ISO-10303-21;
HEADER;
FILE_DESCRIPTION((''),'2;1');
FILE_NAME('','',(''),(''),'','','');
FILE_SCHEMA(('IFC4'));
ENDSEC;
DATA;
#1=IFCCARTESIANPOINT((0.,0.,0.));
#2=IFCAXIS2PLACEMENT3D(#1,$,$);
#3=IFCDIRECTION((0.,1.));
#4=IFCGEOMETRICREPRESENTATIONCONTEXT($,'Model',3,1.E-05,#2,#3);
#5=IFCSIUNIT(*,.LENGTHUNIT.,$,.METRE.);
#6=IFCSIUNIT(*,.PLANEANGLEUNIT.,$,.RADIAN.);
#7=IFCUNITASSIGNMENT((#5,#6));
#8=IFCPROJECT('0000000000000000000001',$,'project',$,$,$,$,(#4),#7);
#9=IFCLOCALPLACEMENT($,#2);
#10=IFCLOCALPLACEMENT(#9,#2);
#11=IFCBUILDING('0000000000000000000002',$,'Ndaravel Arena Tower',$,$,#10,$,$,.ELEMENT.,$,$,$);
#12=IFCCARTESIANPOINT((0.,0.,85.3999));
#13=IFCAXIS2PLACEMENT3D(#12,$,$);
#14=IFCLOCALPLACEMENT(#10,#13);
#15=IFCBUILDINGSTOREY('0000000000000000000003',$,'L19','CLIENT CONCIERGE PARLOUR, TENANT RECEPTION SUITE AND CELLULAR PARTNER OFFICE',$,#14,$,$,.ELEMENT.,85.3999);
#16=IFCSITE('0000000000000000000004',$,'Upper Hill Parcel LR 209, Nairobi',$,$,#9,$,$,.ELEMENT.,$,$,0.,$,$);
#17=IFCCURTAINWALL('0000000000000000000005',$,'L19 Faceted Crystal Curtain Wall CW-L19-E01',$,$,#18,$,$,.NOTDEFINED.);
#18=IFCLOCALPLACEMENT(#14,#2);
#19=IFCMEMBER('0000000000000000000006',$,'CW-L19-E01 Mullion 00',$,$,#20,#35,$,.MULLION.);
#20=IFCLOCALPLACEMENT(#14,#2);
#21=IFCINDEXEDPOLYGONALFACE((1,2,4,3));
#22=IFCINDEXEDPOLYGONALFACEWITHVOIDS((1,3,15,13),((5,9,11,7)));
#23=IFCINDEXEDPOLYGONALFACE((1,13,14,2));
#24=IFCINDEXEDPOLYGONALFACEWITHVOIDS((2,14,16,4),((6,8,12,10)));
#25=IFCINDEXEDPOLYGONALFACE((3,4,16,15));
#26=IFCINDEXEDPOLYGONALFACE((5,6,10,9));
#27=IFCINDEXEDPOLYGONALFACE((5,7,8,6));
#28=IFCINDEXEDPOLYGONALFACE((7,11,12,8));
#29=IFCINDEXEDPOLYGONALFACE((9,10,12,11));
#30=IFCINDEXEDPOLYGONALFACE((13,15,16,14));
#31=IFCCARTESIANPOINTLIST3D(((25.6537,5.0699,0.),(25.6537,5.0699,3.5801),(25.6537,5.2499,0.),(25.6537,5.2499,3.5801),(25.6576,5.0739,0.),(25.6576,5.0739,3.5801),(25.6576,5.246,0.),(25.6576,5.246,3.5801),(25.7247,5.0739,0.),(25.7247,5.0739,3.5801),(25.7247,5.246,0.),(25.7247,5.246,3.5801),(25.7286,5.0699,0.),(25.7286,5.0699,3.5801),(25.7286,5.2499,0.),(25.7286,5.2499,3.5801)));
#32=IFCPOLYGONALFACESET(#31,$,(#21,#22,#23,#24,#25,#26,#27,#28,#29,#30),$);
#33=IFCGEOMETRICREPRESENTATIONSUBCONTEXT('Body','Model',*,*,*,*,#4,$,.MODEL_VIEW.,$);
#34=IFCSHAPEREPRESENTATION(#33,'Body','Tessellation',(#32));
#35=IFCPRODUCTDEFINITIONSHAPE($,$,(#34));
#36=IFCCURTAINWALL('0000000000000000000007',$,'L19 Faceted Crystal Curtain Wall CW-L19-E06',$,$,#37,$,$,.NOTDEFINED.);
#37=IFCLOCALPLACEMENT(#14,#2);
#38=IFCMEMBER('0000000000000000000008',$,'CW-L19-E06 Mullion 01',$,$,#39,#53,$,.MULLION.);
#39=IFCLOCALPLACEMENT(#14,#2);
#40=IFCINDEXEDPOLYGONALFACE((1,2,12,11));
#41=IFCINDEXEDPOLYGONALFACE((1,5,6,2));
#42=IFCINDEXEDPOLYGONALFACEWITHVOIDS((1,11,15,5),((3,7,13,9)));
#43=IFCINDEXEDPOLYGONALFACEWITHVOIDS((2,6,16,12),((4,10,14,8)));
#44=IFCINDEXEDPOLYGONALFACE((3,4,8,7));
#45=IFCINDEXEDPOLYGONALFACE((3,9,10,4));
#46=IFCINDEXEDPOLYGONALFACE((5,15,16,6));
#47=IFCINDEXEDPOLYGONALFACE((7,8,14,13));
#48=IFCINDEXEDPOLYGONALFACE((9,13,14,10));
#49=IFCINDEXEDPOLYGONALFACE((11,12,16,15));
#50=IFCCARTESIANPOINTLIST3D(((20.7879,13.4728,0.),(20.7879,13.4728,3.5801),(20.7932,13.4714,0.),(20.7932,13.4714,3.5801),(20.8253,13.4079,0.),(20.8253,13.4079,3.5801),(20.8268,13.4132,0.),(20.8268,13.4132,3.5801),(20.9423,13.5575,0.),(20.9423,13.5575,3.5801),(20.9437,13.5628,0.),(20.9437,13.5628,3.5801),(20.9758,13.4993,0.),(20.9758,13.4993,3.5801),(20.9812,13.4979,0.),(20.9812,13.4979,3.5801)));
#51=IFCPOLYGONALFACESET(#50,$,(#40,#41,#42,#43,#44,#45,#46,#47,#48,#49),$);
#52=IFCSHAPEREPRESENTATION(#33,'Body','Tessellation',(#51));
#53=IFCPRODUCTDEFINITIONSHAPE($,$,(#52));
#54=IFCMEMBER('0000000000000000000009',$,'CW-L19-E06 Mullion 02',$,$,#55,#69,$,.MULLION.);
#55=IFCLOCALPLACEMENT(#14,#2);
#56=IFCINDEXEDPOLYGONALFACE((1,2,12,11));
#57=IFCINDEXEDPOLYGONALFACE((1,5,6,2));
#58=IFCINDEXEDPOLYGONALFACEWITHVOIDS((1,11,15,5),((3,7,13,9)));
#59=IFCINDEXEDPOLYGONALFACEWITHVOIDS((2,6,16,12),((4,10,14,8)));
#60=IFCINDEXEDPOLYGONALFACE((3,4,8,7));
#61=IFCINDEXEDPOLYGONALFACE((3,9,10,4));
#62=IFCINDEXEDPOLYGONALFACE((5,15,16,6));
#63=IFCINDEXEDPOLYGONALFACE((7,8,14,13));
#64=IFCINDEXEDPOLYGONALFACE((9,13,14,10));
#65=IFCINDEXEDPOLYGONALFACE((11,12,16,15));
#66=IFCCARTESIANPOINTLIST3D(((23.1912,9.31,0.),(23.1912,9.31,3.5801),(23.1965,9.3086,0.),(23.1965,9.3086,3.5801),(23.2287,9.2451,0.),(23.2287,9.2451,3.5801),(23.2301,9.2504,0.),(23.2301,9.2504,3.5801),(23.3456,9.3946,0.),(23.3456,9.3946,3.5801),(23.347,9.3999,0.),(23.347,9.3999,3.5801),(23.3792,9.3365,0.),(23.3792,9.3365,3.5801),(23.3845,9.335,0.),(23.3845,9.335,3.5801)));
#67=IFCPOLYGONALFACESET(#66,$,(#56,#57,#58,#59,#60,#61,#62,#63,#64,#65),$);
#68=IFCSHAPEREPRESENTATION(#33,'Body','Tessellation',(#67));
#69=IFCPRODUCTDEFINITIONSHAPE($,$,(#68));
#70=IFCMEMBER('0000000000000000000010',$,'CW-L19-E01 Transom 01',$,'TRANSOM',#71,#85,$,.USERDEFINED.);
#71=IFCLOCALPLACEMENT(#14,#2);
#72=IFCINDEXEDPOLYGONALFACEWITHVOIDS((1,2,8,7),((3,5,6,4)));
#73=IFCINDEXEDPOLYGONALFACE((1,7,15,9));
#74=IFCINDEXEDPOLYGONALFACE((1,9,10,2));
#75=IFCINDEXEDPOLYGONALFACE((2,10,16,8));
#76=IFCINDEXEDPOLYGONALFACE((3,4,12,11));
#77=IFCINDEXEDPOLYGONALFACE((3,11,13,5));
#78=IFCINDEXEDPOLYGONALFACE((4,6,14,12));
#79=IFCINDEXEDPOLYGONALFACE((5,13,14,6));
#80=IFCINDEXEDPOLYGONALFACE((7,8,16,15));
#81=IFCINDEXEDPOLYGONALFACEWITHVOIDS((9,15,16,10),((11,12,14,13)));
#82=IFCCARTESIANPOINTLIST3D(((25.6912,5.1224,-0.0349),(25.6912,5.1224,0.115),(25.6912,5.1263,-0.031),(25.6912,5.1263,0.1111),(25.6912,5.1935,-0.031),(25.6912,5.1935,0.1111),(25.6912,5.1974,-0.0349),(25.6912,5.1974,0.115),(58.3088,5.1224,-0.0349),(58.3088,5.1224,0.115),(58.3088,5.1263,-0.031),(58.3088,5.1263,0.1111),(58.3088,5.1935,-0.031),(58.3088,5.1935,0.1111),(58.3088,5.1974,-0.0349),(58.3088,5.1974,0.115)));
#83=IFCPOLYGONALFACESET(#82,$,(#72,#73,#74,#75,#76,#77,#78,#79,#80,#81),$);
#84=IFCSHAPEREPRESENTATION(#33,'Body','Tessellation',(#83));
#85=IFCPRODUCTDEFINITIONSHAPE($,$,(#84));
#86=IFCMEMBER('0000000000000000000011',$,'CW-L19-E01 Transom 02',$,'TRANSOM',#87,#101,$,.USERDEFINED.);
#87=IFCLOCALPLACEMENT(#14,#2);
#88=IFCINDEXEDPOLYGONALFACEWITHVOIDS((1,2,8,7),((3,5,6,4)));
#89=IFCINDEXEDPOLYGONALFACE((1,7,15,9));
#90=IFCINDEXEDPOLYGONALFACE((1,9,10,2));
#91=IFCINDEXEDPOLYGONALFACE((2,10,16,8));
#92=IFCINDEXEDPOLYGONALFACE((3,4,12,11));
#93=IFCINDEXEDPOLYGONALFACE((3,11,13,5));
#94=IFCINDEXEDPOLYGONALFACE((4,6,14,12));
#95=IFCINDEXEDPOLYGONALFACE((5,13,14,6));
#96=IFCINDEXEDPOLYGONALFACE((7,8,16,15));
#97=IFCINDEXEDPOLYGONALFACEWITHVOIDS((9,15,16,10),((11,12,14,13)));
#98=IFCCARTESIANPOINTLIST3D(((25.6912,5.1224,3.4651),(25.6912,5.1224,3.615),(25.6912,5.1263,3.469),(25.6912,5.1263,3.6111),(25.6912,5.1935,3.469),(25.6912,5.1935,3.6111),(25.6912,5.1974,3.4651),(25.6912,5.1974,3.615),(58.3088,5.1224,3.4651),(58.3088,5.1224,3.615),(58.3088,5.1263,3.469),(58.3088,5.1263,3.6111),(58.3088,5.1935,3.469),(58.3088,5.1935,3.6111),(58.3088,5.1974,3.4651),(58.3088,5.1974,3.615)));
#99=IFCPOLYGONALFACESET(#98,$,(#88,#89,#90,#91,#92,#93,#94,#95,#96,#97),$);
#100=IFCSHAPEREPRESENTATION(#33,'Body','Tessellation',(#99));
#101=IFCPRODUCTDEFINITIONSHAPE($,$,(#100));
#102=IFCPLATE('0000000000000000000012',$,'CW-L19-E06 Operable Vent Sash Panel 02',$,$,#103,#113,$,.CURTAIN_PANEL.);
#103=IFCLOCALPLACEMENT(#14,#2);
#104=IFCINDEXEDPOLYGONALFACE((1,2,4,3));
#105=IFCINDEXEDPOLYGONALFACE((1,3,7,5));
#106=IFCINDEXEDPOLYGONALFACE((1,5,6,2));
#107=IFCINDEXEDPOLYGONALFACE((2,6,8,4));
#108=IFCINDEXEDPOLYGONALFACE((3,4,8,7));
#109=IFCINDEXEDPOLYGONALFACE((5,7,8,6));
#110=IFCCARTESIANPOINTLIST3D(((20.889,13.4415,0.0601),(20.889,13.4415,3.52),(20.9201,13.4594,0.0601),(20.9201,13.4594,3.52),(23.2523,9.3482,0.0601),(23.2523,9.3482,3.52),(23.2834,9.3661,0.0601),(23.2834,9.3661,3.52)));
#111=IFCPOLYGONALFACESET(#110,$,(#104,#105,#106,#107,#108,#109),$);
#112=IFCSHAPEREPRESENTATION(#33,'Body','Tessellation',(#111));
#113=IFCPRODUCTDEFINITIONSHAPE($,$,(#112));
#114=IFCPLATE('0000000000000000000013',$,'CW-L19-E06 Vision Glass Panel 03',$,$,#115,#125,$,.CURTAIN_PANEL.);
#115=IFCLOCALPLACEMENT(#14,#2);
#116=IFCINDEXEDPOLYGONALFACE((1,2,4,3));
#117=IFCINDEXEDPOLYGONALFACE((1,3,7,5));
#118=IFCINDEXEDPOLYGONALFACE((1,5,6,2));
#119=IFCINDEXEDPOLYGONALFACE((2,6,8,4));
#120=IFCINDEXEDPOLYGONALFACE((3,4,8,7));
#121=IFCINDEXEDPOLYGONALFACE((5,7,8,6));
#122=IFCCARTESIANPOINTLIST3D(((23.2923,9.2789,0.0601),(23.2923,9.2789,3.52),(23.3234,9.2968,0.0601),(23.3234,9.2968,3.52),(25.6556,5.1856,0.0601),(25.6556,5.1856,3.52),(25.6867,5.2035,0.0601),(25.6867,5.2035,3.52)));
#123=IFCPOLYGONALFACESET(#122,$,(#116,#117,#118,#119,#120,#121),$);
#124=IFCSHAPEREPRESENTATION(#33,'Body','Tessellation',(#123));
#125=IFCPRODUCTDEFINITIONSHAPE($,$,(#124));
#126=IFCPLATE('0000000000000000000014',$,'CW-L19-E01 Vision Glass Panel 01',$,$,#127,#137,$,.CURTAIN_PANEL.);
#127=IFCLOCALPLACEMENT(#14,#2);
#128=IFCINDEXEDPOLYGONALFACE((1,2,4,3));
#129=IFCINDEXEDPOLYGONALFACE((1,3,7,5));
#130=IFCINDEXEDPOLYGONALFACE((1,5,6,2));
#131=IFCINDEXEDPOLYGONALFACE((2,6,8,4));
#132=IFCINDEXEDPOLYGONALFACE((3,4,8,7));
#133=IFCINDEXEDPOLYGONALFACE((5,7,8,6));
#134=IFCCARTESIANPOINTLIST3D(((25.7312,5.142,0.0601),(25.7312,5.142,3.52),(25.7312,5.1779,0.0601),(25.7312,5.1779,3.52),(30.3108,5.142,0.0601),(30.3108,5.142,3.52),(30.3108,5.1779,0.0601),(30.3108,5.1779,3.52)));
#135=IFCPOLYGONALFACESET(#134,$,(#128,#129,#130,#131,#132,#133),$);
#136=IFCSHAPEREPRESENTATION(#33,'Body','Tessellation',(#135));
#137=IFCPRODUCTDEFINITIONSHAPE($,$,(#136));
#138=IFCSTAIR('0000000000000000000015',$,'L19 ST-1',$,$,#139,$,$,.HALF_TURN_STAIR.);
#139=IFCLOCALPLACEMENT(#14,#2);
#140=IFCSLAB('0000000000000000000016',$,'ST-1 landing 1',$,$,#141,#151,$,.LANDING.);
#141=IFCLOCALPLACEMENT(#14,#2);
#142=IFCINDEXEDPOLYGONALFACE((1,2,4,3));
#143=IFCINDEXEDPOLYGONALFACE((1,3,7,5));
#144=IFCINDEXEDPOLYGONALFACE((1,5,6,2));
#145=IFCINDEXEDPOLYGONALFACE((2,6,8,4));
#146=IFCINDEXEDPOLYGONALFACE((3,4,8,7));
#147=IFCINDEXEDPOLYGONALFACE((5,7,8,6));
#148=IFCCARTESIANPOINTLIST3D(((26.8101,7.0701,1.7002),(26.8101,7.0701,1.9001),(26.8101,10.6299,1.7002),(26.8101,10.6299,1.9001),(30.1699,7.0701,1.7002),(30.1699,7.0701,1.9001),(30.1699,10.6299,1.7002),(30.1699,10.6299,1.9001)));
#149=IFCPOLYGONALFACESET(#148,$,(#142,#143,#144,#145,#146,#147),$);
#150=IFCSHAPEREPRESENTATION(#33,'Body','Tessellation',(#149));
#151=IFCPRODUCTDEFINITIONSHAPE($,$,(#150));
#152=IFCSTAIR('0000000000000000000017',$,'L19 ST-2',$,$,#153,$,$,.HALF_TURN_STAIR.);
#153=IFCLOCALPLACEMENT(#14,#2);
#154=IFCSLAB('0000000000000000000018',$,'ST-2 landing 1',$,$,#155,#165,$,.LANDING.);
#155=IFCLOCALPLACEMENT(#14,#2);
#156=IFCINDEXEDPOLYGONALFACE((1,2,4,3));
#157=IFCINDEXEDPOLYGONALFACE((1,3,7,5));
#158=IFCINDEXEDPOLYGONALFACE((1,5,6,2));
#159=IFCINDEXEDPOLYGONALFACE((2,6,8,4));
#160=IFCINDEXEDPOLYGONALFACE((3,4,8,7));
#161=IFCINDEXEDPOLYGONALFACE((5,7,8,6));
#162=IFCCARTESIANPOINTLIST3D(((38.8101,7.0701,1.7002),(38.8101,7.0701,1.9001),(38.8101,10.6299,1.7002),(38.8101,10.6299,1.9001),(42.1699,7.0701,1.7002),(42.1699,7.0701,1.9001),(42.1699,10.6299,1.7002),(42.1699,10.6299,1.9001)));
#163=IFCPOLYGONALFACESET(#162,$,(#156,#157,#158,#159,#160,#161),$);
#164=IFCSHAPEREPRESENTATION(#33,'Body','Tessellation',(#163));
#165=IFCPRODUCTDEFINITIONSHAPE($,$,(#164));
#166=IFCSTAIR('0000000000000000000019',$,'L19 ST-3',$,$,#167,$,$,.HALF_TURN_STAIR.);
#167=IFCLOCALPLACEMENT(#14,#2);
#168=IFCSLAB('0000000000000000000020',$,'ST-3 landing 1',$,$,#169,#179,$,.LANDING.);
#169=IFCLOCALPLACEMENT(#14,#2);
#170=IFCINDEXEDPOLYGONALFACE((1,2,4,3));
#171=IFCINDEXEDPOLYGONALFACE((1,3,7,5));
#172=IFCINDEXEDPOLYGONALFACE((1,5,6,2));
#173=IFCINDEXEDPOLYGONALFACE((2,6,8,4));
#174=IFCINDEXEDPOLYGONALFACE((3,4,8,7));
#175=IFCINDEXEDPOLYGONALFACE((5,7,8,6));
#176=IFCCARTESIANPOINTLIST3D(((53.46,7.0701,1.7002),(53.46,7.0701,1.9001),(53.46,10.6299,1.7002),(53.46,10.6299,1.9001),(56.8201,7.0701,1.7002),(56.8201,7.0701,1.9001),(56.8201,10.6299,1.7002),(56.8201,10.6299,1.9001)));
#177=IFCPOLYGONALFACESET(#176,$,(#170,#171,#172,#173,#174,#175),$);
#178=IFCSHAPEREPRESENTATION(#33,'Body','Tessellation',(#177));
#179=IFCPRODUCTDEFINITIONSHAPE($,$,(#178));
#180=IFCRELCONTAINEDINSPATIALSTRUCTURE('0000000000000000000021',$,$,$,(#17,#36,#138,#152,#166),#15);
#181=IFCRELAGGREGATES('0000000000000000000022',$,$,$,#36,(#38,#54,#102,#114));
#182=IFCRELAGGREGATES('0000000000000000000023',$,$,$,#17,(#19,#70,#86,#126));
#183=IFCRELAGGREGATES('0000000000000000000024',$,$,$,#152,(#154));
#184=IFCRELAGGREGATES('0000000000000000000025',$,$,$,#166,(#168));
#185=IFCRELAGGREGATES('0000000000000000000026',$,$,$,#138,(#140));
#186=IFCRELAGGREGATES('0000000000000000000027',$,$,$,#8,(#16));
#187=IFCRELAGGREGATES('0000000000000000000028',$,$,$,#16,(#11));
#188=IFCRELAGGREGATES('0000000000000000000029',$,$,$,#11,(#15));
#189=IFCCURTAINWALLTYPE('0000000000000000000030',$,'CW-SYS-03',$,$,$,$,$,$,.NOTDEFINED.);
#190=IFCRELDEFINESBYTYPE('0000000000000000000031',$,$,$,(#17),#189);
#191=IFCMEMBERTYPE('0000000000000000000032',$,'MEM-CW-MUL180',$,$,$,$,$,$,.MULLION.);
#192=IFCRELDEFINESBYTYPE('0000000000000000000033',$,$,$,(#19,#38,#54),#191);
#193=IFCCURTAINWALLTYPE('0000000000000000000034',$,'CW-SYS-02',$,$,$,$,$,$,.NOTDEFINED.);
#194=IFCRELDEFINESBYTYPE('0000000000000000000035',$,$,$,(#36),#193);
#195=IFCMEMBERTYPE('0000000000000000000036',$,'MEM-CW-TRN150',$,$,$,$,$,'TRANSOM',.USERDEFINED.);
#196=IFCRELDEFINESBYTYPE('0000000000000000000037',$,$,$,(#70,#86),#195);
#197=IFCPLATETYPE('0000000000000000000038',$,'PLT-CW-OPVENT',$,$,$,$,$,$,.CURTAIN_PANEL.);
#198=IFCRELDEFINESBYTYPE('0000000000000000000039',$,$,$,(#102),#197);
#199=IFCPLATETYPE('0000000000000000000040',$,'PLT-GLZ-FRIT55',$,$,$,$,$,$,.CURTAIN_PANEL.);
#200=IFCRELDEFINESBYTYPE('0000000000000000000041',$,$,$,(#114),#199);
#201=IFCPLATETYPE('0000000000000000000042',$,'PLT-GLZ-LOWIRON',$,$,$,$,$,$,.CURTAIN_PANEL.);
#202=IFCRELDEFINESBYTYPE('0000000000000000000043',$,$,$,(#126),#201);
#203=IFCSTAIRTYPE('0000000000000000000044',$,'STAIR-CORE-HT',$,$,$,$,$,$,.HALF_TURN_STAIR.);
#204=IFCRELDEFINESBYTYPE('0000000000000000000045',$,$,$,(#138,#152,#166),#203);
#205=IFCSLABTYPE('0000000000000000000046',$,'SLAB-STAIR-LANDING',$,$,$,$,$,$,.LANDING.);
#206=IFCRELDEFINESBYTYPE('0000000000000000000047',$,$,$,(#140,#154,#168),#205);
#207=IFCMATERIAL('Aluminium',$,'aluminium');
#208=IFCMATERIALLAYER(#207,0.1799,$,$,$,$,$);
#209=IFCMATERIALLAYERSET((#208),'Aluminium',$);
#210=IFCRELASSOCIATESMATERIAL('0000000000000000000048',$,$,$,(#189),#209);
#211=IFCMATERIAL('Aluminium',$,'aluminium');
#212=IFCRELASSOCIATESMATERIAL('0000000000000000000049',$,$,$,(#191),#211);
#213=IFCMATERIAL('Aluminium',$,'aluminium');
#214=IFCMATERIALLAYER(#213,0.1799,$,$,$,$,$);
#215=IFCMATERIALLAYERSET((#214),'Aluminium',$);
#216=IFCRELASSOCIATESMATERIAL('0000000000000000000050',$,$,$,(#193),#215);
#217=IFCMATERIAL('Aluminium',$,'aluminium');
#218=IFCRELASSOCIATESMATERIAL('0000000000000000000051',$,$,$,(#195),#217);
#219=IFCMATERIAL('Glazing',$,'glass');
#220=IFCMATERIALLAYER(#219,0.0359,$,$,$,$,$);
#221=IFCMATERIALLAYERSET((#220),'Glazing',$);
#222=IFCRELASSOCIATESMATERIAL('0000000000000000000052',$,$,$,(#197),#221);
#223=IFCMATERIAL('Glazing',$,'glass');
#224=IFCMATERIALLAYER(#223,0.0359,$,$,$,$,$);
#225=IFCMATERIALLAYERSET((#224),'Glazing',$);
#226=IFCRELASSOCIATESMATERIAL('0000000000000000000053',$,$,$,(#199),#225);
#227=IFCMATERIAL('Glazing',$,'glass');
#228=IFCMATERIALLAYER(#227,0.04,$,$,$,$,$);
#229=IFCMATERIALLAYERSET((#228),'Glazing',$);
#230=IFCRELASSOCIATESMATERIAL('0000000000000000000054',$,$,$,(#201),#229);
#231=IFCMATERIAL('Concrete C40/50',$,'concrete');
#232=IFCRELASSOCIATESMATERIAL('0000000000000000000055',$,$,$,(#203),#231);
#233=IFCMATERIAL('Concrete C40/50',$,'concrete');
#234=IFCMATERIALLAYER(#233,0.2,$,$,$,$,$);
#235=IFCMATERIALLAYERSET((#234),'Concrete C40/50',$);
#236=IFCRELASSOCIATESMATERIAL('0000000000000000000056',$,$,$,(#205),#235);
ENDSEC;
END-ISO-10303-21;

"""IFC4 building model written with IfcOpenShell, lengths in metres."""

from ifc_helpers import new_model, si_unit, direction, frame, origin, origin_2d, place, context, subcontext, project, spatial, polyline, rectangle, hollow_rectangle, outline, extrude, material, layer, layer_set, material_profile, profile_set, type_object, element, aggregate, save


model = new_model("IFC4")

# Units and contexts
model_context = context("Model", 3, precision=1e-05, world=origin(), true_north=direction((0.0, 1.0)))
body_context = subcontext(model_context, "Body", "Model", "MODEL_VIEW")
ifc_project = project(units=[si_unit("LENGTHUNIT", "METRE"), si_unit("PLANEANGLEUNIT", "RADIAN")], contexts=[model_context])

# Site, building, storey
site_placement = place(None, origin())
site = spatial("IfcSite", under=ifc_project, at=site_placement, Name="Upper Hill Parcel LR 209, Nairobi", CompositionType="ELEMENT", RefElevation=0.0)
building_placement = place(site_placement, origin())
building = spatial("IfcBuilding", under=site, at=building_placement, Name="Ndaravel Arena Tower", CompositionType="ELEMENT")
storey_placement = place(building_placement, frame((0.0, 0.0, 85.3999)))
storey = spatial("IfcBuildingStorey", under=building, at=storey_placement, Name="L19", Description="CLIENT CONCIERGE PARLOUR, TENANT RECEPTION SUITE AND CELLULAR PARTNER OFFICE", CompositionType="ELEMENT", Elevation=85.3999)

# Curtain wall, member
ifc_material_1 = material(Name="Aluminium", Category="aluminium")
ifc_layer_1 = layer(ifc_material_1, 0.1799)
ifc_layer_set_1 = layer_set([ifc_layer_1], Name="Aluminium")
curtain_wall_type_1 = type_object("IfcCurtainWallType", Name="CW-SYS-03", PredefinedType="NOTDEFINED", material=ifc_layer_set_1)
curtain_wall_1_placement = place(storey_placement, origin())
curtain_wall_1 = element("IfcCurtainWall", 1, at=curtain_wall_1_placement, inside=storey, type_object=curtain_wall_type_1, Name="L19 Faceted Crystal Curtain Wall CW-L19-E01", PredefinedType="NOTDEFINED")
ifc_material_2 = material(Name="Aluminium", Category="aluminium")
ifc_material_profile_1 = material_profile(ifc_material_2, hollow_rectangle(XDim=0.075, YDim=0.1799, WallThickness=0.0039, at=origin_2d()), Name="CW MULLION 75x180x4")
ifc_profile_set_1 = profile_set([ifc_material_profile_1], Name="Aluminium")
member_type_1 = type_object("IfcMemberType", Name="MEM-CW-MUL180", PredefinedType="MULLION", material=ifc_profile_set_1)
member_1_placement = place(storey_placement, frame((25.6912, 5.1599, 0.0), z_axis=(0.0, 0.0, 1.0), x_axis=(1.0, 0.0, 0.0)))
member_1 = element("IfcMember", 2, at=member_1_placement, type_object=member_type_1, Name="CW-L19-E01 Mullion 00", PredefinedType="MULLION", context=body_context, shape_type="SweptSolid", body=[
    extrude(hollow_rectangle(XDim=0.075, YDim=0.1799, WallThickness=0.0039, at=origin_2d()), origin(), (0.0, 0.0, 1.0), 3.5801),
])

# Curtain wall, members
ifc_material_3 = material(Name="Aluminium", Category="aluminium")
ifc_layer_2 = layer(ifc_material_3, 0.1799)
ifc_layer_set_2 = layer_set([ifc_layer_2], Name="Aluminium")
curtain_wall_type_2 = type_object("IfcCurtainWallType", Name="CW-SYS-02", PredefinedType="NOTDEFINED", material=ifc_layer_set_2)
curtain_wall_2_placement = place(storey_placement, origin())
curtain_wall_2 = element("IfcCurtainWall", 3, at=curtain_wall_2_placement, inside=storey, type_object=curtain_wall_type_2, Name="L19 Faceted Crystal Curtain Wall CW-L19-E06", PredefinedType="NOTDEFINED")
member_2_placement = place(storey_placement, frame((20.8845, 13.4854, 0.0), z_axis=(0.0, 0.0, 1.0), x_axis=(0.5, -0.866025, 0.0)))
member_2 = element("IfcMember", 4, at=member_2_placement, type_object=member_type_1, Name="CW-L19-E06 Mullion 01", PredefinedType="MULLION", context=body_context, shape_type="SweptSolid", body=[
    extrude(hollow_rectangle(XDim=0.075, YDim=0.1799, WallThickness=0.0039, at=origin_2d()), origin(), (0.0, 0.0, 1.0), 3.5801),
])
member_3_placement = place(storey_placement, frame((23.2878, 9.3225, 0.0), z_axis=(0.0, 0.0, 1.0), x_axis=(0.5, -0.866025, 0.0)))
member_3 = element("IfcMember", 5, at=member_3_placement, type_object=member_type_1, Name="CW-L19-E06 Mullion 02", PredefinedType="MULLION", context=body_context, shape_type="SweptSolid", body=[
    extrude(hollow_rectangle(XDim=0.075, YDim=0.1799, WallThickness=0.0039, at=origin_2d()), origin(), (0.0, 0.0, 1.0), 3.5801),
])

# Members
ifc_material_4 = material(Name="Aluminium", Category="aluminium")
ifc_material_profile_2 = material_profile(ifc_material_4, hollow_rectangle(XDim=0.075, YDim=0.1499, WallThickness=0.0039, at=origin_2d()), Name="CW TRANSOM 75x150x4")
ifc_profile_set_2 = profile_set([ifc_material_profile_2], Name="Aluminium")
member_type_2 = type_object("IfcMemberType", Name="MEM-CW-TRN150", ElementType="TRANSOM", PredefinedType="USERDEFINED", material=ifc_profile_set_2)
member_4_placement = place(storey_placement, frame((25.6912, 5.1599, 0.04), z_axis=(1.0, 0.0, 0.0), x_axis=(0.0, 1.0, 0.0)))
member_4 = element("IfcMember", 6, at=member_4_placement, type_object=member_type_2, Name="CW-L19-E01 Transom 01", ObjectType="TRANSOM", PredefinedType="USERDEFINED", context=body_context, shape_type="SweptSolid", body=[
    extrude(hollow_rectangle(XDim=0.075, YDim=0.1499, WallThickness=0.0039, at=origin_2d()), origin(), (0.0, 0.0, 1.0), 32.6177),
])
member_5_placement = place(storey_placement, frame((25.6912, 5.1599, 3.54), z_axis=(1.0, 0.0, 0.0), x_axis=(0.0, 1.0, 0.0)))
member_5 = element("IfcMember", 7, at=member_5_placement, type_object=member_type_2, Name="CW-L19-E01 Transom 02", ObjectType="TRANSOM", PredefinedType="USERDEFINED", context=body_context, shape_type="SweptSolid", body=[
    extrude(hollow_rectangle(XDim=0.075, YDim=0.1499, WallThickness=0.0039, at=origin_2d()), origin(), (0.0, 0.0, 1.0), 32.6177),
])

# Plates
ifc_material_5 = material(Name="Glazing", Category="glass")
ifc_layer_3 = layer(ifc_material_5, 0.0359)
ifc_layer_set_3 = layer_set([ifc_layer_3], Name="Glazing")
plate_type_1 = type_object("IfcPlateType", Name="PLT-CW-OPVENT", PredefinedType="CURTAIN_PANEL", material=ifc_layer_set_3)
plate_1_placement = place(storey_placement, frame((22.0862, 11.4038, 0.0601), z_axis=(0.0, 0.0, 1.0), x_axis=(0.5, -0.866025, 0.0)))
plate_1 = element("IfcPlate", 8, at=plate_1_placement, type_object=plate_type_1, Name="CW-L19-E06 Operable Vent Sash Panel 02", PredefinedType="CURTAIN_PANEL", context=body_context, shape_type="SweptSolid", body=[
    extrude(rectangle(XDim=4.7266, YDim=0.0359, at=origin_2d()), origin(), (0.0, 0.0, 1.0), 3.46),
])
ifc_material_6 = material(Name="Glazing", Category="glass")
ifc_layer_4 = layer(ifc_material_6, 0.0359)
ifc_layer_set_4 = layer_set([ifc_layer_4], Name="Glazing")
plate_type_2 = type_object("IfcPlateType", Name="PLT-GLZ-FRIT55", PredefinedType="CURTAIN_PANEL", material=ifc_layer_set_4)
plate_2_placement = place(storey_placement, frame((24.4895, 7.2412, 0.0601), z_axis=(0.0, 0.0, 1.0), x_axis=(0.5, -0.866025, 0.0)))
plate_2 = element("IfcPlate", 9, at=plate_2_placement, type_object=plate_type_2, Name="CW-L19-E06 Vision Glass Panel 03", PredefinedType="CURTAIN_PANEL", context=body_context, shape_type="SweptSolid", body=[
    extrude(rectangle(XDim=4.7266, YDim=0.0359, at=origin_2d()), origin(), (0.0, 0.0, 1.0), 3.46),
])
aggregate(curtain_wall_2, [member_2, member_3, plate_1, plate_2])
ifc_material_7 = material(Name="Glazing", Category="glass")
ifc_layer_5 = layer(ifc_material_7, 0.04)
ifc_layer_set_5 = layer_set([ifc_layer_5], Name="Glazing")
plate_type_3 = type_object("IfcPlateType", Name="PLT-GLZ-LOWIRON", PredefinedType="CURTAIN_PANEL", material=ifc_layer_set_5)
plate_3_placement = place(storey_placement, frame((28.021, 5.1599, 0.0601), z_axis=(0.0, 0.0, 1.0), x_axis=(1.0, 0.0, 0.0)))
plate_3 = element("IfcPlate", 10, at=plate_3_placement, type_object=plate_type_3, Name="CW-L19-E01 Vision Glass Panel 01", PredefinedType="CURTAIN_PANEL", context=body_context, shape_type="SweptSolid", body=[
    extrude(rectangle(XDim=4.5796, YDim=0.0359, at=origin_2d()), origin(), (0.0, 0.0, 1.0), 3.46),
])
aggregate(curtain_wall_1, [member_1, member_4, member_5, plate_3])

# Stairs, slabs
ifc_material_8 = material(Name="Concrete C40/50", Category="concrete")
stair_type = type_object("IfcStairType", Name="STAIR-CORE-HT", PredefinedType="HALF_TURN_STAIR", material=ifc_material_8)
stair_1_placement = place(storey_placement, origin())
stair_1 = element("IfcStair", 11, at=stair_1_placement, inside=storey, type_object=stair_type, Name="L19 ST-1", PredefinedType="HALF_TURN_STAIR")
ifc_material_9 = material(Name="Concrete C40/50", Category="concrete")
ifc_layer_6 = layer(ifc_material_9, 0.2)
ifc_layer_set_6 = layer_set([ifc_layer_6], Name="Concrete C40/50")
slab_type_1 = type_object("IfcSlabType", Name="SLAB-STAIR-LANDING", PredefinedType="LANDING", material=ifc_layer_set_6)
slab_1_placement = place(storey_placement, frame((0.0, 0.0, 1.7002)))
slab_1 = element("IfcSlab", 12, at=slab_1_placement, type_object=slab_type_1, Name="ST-1 landing 1", PredefinedType="LANDING", context=body_context, shape_type="SweptSolid", body=[
    extrude(outline(polyline([(26.8101, 10.6299), (26.8101, 7.0701), (30.1699, 7.0701), (30.1699, 10.6299), (26.8101, 10.6299)])), origin(), (0.0, 0.0, 1.0), 0.2),
])
stair_2_placement = place(storey_placement, origin())
stair_2 = element("IfcStair", 13, at=stair_2_placement, inside=storey, type_object=stair_type, Name="L19 ST-2", PredefinedType="HALF_TURN_STAIR")
slab_2_placement = place(storey_placement, frame((0.0, 0.0, 1.7002)))
slab_2 = element("IfcSlab", 14, at=slab_2_placement, type_object=slab_type_1, Name="ST-2 landing 1", PredefinedType="LANDING", context=body_context, shape_type="SweptSolid", body=[
    extrude(outline(polyline([(38.8101, 10.6299), (38.8101, 7.0701), (42.1699, 7.0701), (42.1699, 10.6299), (38.8101, 10.6299)])), origin(), (0.0, 0.0, 1.0), 0.2),
])
aggregate(stair_2, [slab_2])
stair_3_placement = place(storey_placement, origin())
stair_3 = element("IfcStair", 15, at=stair_3_placement, inside=storey, type_object=stair_type, Name="L19 ST-3", PredefinedType="HALF_TURN_STAIR")
slab_3_placement = place(storey_placement, frame((0.0, 0.0, 1.7002)))
slab_3 = element("IfcSlab", 16, at=slab_3_placement, type_object=slab_type_1, Name="ST-3 landing 1", PredefinedType="LANDING", context=body_context, shape_type="SweptSolid", body=[
    extrude(outline(polyline([(53.46, 10.6299), (53.46, 7.0701), (56.8201, 7.0701), (56.8201, 10.6299), (53.46, 10.6299)])), origin(), (0.0, 0.0, 1.0), 0.2),
])
aggregate(stair_3, [slab_3])

aggregate(stair_1, [slab_1])

save(model, "model.ifc")
